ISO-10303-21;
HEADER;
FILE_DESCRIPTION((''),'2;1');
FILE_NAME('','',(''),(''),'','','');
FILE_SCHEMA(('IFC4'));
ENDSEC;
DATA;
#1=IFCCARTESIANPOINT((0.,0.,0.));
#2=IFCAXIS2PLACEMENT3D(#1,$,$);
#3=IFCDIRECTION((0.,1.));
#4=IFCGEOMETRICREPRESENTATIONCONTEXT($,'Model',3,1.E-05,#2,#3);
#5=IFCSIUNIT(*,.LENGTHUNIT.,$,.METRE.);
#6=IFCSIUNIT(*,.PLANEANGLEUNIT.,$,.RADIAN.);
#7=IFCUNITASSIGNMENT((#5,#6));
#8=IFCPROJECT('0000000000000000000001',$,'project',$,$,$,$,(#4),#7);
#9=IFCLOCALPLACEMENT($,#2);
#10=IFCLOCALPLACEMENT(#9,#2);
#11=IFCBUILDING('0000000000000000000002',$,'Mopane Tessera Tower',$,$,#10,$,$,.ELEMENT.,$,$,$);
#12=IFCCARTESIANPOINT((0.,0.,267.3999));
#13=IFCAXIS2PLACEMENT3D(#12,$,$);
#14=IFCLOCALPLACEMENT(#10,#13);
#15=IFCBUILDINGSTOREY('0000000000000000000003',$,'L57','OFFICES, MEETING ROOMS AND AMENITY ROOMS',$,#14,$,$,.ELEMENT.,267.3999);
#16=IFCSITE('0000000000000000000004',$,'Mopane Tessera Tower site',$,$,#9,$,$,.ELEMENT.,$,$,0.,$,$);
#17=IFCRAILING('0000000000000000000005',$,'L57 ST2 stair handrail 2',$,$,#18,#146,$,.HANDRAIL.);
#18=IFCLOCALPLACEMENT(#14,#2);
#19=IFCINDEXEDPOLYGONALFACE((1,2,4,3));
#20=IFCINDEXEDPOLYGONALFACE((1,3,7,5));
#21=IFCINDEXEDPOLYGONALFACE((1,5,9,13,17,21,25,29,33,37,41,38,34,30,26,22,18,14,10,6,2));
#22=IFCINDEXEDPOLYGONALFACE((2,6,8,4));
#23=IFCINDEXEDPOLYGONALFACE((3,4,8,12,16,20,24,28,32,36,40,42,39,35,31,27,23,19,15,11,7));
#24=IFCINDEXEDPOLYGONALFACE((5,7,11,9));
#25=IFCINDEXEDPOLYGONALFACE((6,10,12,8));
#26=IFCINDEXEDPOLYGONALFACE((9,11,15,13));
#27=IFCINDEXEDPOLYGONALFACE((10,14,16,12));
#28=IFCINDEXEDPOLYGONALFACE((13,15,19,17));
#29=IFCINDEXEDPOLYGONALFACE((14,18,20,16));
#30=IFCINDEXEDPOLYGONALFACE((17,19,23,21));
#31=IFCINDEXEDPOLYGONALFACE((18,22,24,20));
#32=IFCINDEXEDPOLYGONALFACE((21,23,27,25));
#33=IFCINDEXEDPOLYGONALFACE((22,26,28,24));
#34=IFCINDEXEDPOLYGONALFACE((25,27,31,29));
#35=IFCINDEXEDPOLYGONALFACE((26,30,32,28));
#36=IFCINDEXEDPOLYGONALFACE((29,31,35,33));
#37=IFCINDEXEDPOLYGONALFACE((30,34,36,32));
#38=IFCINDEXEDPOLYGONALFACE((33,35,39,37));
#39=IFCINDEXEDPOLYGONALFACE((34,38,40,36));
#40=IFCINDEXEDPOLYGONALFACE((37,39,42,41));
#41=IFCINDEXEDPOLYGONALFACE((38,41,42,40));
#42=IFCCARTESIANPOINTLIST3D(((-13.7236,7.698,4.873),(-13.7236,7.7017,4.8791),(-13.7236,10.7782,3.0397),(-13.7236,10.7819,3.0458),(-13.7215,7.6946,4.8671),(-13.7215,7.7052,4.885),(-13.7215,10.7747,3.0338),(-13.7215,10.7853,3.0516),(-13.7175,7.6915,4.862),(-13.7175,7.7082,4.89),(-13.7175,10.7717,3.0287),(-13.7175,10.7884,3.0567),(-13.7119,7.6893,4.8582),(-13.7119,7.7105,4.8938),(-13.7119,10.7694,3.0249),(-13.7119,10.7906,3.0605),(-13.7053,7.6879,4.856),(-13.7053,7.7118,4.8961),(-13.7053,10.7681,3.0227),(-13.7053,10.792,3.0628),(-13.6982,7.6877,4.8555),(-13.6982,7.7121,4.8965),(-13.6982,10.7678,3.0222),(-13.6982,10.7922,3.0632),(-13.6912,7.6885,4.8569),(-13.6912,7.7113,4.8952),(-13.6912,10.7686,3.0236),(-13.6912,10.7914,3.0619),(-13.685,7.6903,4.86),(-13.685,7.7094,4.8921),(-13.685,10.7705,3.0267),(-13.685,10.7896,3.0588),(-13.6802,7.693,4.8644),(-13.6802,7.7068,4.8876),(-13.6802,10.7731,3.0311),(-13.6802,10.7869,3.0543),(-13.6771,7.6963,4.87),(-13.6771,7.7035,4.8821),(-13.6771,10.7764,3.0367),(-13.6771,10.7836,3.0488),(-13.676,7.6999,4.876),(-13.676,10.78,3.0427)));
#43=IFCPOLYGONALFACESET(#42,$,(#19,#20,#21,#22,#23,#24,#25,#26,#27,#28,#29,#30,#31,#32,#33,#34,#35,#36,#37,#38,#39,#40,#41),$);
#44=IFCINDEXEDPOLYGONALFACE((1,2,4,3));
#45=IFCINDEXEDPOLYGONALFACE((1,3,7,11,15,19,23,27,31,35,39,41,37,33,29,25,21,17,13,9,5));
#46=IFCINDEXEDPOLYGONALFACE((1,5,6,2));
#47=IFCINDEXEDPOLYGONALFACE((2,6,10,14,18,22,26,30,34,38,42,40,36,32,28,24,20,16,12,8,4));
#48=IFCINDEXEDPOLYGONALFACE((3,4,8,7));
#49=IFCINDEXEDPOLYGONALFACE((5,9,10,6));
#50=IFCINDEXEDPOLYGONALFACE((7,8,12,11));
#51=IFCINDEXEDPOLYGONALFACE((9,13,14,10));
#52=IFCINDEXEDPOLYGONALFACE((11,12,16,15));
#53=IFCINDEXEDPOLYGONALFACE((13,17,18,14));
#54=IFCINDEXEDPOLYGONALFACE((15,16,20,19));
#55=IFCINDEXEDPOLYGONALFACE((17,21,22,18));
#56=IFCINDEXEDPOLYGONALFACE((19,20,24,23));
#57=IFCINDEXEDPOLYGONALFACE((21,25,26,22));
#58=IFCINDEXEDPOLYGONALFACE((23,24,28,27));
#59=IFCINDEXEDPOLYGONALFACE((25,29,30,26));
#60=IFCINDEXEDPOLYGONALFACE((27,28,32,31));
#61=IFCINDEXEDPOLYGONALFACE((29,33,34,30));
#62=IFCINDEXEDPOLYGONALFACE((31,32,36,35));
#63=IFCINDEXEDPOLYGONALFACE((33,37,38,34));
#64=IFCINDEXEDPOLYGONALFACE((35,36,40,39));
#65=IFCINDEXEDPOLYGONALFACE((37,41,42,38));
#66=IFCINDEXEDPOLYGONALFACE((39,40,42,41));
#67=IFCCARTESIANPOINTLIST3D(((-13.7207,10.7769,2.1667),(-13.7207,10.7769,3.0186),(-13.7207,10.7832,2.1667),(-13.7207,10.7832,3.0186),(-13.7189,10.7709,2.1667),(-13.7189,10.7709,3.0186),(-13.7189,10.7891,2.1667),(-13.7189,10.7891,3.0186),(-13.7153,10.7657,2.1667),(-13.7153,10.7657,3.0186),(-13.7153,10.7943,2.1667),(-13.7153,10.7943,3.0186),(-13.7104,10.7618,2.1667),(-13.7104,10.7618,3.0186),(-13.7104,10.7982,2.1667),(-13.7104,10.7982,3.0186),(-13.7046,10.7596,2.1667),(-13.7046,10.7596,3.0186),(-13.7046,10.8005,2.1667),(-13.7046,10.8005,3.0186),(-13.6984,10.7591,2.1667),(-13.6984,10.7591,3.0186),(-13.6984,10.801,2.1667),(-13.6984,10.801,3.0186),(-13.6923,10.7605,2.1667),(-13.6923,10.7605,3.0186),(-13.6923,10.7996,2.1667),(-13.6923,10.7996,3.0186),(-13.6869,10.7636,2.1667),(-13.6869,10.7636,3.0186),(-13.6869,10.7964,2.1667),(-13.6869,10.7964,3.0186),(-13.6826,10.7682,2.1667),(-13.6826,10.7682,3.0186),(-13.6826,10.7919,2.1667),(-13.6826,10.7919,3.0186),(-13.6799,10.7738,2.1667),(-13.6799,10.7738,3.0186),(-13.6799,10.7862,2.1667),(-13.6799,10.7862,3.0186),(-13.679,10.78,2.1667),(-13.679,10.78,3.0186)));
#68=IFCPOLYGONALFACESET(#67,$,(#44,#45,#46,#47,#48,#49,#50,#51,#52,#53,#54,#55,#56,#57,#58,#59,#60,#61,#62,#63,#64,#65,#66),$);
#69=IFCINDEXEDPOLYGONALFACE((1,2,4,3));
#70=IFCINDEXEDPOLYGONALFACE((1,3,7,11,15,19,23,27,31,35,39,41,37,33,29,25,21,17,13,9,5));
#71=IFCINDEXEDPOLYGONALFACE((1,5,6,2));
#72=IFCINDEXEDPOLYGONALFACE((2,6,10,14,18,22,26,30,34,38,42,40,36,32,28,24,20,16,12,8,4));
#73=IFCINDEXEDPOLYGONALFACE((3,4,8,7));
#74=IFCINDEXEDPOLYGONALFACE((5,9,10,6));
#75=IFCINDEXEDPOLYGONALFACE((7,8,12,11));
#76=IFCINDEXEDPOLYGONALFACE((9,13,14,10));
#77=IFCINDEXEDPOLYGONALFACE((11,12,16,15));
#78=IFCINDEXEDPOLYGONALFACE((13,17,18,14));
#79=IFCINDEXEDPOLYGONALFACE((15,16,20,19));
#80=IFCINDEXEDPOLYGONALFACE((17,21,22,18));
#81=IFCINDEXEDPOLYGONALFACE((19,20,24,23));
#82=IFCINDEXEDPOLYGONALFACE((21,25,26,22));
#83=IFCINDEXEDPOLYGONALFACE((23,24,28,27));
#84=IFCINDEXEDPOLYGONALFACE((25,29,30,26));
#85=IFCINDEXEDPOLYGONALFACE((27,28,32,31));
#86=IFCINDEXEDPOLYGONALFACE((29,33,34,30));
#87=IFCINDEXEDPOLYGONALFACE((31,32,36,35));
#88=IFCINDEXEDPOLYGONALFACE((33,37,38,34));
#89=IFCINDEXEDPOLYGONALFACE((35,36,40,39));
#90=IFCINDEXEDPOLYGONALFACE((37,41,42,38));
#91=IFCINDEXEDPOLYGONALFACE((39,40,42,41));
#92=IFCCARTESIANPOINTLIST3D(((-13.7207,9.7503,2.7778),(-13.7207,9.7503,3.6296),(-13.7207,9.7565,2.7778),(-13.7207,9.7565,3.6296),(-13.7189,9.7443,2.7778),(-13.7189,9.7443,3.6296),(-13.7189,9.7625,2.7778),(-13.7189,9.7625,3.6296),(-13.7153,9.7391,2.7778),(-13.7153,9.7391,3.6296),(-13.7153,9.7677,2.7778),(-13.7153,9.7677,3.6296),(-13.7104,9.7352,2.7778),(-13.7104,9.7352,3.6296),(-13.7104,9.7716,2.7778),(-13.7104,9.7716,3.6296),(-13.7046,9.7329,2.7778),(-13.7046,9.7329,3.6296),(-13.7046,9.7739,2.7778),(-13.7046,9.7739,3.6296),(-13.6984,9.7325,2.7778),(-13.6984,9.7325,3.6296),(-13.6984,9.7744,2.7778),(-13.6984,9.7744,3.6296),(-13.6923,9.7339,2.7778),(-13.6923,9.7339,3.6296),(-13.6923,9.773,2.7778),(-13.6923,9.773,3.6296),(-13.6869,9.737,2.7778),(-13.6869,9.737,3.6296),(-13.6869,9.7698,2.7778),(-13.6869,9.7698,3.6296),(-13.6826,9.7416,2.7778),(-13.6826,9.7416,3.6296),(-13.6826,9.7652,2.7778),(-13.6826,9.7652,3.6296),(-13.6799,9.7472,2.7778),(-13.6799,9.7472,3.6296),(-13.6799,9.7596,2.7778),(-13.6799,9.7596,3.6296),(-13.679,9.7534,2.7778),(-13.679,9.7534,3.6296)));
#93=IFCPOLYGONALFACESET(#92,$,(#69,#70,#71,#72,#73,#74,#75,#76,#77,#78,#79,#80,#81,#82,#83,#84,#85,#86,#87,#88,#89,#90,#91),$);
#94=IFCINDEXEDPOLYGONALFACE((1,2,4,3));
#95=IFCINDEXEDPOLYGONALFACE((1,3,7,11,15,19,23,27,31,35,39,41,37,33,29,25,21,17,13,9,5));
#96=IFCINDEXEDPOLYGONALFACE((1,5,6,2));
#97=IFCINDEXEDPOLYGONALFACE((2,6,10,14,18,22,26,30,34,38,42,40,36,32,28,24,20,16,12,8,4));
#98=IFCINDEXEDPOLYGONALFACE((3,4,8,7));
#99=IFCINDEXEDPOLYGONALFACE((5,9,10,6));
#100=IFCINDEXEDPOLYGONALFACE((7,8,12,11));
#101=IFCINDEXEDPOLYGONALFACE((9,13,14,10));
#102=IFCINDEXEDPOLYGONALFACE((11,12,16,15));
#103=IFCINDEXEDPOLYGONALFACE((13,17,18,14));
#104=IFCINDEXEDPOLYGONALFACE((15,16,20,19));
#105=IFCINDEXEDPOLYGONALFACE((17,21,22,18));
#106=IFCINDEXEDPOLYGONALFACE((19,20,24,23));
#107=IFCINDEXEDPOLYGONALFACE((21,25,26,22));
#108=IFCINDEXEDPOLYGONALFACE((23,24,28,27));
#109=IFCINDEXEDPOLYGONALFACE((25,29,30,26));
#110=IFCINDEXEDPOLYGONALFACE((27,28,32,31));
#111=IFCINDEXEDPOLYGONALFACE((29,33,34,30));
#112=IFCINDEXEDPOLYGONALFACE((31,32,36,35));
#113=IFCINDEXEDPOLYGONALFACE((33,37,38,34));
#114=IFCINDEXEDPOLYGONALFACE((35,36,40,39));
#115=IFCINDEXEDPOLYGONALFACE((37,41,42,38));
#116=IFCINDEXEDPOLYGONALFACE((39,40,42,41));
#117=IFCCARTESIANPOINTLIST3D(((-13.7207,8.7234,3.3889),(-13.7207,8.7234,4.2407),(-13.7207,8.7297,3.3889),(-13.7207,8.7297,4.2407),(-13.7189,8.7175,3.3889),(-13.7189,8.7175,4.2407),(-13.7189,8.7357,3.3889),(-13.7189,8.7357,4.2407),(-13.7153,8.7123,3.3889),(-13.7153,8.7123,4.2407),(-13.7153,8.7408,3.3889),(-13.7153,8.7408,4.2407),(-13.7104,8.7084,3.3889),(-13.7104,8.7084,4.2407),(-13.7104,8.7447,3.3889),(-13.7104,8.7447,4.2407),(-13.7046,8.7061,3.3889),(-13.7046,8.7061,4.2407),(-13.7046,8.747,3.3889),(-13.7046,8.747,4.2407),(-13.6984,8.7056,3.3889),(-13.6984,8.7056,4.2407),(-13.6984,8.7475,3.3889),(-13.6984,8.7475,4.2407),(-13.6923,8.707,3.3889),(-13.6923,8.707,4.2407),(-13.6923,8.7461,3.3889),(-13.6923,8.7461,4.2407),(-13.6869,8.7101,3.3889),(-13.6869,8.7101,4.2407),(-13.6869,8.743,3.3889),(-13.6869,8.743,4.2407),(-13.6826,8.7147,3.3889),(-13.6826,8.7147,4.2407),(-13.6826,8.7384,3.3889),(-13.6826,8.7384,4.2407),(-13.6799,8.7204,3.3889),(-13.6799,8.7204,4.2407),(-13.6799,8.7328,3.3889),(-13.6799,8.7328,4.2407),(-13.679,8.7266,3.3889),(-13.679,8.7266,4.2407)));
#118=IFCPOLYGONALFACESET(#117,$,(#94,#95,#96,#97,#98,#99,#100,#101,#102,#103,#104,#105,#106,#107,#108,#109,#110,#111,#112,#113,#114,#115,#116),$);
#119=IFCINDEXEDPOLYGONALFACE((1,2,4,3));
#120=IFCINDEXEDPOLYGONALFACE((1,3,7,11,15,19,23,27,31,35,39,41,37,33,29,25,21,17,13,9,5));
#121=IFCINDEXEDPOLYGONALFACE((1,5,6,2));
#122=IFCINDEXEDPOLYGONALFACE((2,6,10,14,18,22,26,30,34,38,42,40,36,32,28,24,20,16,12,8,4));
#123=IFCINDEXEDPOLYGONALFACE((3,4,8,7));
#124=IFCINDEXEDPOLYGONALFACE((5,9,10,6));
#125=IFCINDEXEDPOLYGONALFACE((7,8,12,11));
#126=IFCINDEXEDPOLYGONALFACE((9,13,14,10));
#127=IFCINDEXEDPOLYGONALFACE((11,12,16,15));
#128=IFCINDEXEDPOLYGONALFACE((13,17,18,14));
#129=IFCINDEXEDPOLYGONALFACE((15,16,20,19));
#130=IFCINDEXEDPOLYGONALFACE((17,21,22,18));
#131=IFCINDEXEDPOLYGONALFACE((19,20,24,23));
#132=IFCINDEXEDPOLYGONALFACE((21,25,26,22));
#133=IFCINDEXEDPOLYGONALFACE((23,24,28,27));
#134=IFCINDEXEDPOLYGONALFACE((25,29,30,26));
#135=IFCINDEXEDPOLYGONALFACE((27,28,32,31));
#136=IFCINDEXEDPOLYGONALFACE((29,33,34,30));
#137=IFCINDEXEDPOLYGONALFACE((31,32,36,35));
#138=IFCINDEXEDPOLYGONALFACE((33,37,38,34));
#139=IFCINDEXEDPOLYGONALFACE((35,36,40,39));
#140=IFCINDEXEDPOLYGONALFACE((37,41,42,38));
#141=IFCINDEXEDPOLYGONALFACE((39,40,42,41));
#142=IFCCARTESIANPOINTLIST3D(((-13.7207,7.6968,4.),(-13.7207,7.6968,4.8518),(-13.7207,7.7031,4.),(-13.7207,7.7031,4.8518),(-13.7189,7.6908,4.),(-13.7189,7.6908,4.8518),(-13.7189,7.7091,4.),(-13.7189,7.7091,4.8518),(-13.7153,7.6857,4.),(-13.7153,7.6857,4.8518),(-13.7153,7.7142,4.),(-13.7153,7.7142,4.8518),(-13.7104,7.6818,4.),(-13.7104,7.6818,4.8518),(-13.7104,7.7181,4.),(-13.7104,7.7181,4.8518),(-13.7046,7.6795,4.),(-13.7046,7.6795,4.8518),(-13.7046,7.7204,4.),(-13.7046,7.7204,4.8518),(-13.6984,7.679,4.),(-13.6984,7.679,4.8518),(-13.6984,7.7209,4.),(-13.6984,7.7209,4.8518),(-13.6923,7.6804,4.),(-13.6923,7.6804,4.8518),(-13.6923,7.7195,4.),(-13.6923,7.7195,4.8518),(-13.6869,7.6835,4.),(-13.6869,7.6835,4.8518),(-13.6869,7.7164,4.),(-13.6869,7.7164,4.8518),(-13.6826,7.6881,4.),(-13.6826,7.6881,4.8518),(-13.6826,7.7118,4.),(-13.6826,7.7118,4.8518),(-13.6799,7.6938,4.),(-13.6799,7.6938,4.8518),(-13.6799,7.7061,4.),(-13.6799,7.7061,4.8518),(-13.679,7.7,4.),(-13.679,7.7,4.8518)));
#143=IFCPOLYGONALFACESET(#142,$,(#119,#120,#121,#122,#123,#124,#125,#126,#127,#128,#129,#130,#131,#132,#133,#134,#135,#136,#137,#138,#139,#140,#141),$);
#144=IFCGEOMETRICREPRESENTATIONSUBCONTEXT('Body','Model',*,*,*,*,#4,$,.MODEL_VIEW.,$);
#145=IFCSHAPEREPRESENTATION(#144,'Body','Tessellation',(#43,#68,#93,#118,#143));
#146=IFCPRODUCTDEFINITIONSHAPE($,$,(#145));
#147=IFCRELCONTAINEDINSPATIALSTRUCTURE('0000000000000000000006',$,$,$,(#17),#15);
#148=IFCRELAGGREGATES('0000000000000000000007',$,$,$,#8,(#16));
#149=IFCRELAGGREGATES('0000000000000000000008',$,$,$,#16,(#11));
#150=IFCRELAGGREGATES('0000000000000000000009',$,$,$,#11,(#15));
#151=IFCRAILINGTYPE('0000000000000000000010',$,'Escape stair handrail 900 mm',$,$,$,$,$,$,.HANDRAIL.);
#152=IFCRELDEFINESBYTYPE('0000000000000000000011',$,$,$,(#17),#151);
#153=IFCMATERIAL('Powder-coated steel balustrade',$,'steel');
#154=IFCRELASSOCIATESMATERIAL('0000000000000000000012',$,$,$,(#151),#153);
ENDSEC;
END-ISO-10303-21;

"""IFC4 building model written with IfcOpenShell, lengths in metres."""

from ifc_helpers import new_model, si_unit, direction, frame, origin, origin_2d, place, context, subcontext, project, spatial, circle, extrude, material, type_object, element, save


model = new_model("IFC4")

# Units and contexts
model_context = context("Model", 3, precision=1e-05, world=origin(), true_north=direction((0.0, 1.0)))
body_context = subcontext(model_context, "Body", "Model", "MODEL_VIEW")
ifc_project = project(units=[si_unit("LENGTHUNIT", "METRE"), si_unit("PLANEANGLEUNIT", "RADIAN")], contexts=[model_context])

# Site, building, storey
site_placement = place(None, origin())
site = spatial("IfcSite", under=ifc_project, at=site_placement, Name="Mopane Tessera Tower site", CompositionType="ELEMENT", RefElevation=0.0)
building_placement = place(site_placement, origin())
building = spatial("IfcBuilding", under=site, at=building_placement, Name="Mopane Tessera Tower", CompositionType="ELEMENT")
storey_placement = place(building_placement, frame((0.0, 0.0, 267.3999)))
storey = spatial("IfcBuildingStorey", under=building, at=storey_placement, Name="L57", Description="OFFICES, MEETING ROOMS AND AMENITY ROOMS", CompositionType="ELEMENT", Elevation=267.3999)

# Railing
ifc_material_1 = material(Name="Powder-coated steel balustrade", Category="steel")
railing_type_1 = type_object("IfcRailingType", Name="Escape stair handrail 900 mm", PredefinedType="HANDRAIL", material=ifc_material_1)
railing_1_placement = place(storey_placement, frame((-13.7, 10.78, 2.1667)))
element("IfcRailing", 1, at=railing_1_placement, inside=storey, type_object=railing_type_1, Name="L57 ST2 stair handrail 2", PredefinedType="HANDRAIL", context=body_context, shape_type="SweptSolid", body=[
    extrude(circle(Radius=0.0239, at=origin_2d()), frame((0.0, 0.0, 0.876), z_axis=(0.0, -0.859309, 0.511458), x_axis=(1.0, 0.0, 0.0)), (0.0, 0.0, 1.0), 3.5845),
    extrude(circle(Radius=0.021, at=origin_2d()), origin(), (0.0, 0.0, 1.0), 0.8518),
    extrude(circle(Radius=0.021, at=origin_2d()), frame((0.0, -1.0266, 0.6111)), (0.0, 0.0, 1.0), 0.8518),
    extrude(circle(Radius=0.021, at=origin_2d()), frame((0.0, -2.0535, 1.2222)), (0.0, 0.0, 1.0), 0.8518),
    extrude(circle(Radius=0.021, at=origin_2d()), frame((0.0, -3.0801, 1.8333)), (0.0, 0.0, 1.0), 0.8518),
])

save(model, "model.ifc")
